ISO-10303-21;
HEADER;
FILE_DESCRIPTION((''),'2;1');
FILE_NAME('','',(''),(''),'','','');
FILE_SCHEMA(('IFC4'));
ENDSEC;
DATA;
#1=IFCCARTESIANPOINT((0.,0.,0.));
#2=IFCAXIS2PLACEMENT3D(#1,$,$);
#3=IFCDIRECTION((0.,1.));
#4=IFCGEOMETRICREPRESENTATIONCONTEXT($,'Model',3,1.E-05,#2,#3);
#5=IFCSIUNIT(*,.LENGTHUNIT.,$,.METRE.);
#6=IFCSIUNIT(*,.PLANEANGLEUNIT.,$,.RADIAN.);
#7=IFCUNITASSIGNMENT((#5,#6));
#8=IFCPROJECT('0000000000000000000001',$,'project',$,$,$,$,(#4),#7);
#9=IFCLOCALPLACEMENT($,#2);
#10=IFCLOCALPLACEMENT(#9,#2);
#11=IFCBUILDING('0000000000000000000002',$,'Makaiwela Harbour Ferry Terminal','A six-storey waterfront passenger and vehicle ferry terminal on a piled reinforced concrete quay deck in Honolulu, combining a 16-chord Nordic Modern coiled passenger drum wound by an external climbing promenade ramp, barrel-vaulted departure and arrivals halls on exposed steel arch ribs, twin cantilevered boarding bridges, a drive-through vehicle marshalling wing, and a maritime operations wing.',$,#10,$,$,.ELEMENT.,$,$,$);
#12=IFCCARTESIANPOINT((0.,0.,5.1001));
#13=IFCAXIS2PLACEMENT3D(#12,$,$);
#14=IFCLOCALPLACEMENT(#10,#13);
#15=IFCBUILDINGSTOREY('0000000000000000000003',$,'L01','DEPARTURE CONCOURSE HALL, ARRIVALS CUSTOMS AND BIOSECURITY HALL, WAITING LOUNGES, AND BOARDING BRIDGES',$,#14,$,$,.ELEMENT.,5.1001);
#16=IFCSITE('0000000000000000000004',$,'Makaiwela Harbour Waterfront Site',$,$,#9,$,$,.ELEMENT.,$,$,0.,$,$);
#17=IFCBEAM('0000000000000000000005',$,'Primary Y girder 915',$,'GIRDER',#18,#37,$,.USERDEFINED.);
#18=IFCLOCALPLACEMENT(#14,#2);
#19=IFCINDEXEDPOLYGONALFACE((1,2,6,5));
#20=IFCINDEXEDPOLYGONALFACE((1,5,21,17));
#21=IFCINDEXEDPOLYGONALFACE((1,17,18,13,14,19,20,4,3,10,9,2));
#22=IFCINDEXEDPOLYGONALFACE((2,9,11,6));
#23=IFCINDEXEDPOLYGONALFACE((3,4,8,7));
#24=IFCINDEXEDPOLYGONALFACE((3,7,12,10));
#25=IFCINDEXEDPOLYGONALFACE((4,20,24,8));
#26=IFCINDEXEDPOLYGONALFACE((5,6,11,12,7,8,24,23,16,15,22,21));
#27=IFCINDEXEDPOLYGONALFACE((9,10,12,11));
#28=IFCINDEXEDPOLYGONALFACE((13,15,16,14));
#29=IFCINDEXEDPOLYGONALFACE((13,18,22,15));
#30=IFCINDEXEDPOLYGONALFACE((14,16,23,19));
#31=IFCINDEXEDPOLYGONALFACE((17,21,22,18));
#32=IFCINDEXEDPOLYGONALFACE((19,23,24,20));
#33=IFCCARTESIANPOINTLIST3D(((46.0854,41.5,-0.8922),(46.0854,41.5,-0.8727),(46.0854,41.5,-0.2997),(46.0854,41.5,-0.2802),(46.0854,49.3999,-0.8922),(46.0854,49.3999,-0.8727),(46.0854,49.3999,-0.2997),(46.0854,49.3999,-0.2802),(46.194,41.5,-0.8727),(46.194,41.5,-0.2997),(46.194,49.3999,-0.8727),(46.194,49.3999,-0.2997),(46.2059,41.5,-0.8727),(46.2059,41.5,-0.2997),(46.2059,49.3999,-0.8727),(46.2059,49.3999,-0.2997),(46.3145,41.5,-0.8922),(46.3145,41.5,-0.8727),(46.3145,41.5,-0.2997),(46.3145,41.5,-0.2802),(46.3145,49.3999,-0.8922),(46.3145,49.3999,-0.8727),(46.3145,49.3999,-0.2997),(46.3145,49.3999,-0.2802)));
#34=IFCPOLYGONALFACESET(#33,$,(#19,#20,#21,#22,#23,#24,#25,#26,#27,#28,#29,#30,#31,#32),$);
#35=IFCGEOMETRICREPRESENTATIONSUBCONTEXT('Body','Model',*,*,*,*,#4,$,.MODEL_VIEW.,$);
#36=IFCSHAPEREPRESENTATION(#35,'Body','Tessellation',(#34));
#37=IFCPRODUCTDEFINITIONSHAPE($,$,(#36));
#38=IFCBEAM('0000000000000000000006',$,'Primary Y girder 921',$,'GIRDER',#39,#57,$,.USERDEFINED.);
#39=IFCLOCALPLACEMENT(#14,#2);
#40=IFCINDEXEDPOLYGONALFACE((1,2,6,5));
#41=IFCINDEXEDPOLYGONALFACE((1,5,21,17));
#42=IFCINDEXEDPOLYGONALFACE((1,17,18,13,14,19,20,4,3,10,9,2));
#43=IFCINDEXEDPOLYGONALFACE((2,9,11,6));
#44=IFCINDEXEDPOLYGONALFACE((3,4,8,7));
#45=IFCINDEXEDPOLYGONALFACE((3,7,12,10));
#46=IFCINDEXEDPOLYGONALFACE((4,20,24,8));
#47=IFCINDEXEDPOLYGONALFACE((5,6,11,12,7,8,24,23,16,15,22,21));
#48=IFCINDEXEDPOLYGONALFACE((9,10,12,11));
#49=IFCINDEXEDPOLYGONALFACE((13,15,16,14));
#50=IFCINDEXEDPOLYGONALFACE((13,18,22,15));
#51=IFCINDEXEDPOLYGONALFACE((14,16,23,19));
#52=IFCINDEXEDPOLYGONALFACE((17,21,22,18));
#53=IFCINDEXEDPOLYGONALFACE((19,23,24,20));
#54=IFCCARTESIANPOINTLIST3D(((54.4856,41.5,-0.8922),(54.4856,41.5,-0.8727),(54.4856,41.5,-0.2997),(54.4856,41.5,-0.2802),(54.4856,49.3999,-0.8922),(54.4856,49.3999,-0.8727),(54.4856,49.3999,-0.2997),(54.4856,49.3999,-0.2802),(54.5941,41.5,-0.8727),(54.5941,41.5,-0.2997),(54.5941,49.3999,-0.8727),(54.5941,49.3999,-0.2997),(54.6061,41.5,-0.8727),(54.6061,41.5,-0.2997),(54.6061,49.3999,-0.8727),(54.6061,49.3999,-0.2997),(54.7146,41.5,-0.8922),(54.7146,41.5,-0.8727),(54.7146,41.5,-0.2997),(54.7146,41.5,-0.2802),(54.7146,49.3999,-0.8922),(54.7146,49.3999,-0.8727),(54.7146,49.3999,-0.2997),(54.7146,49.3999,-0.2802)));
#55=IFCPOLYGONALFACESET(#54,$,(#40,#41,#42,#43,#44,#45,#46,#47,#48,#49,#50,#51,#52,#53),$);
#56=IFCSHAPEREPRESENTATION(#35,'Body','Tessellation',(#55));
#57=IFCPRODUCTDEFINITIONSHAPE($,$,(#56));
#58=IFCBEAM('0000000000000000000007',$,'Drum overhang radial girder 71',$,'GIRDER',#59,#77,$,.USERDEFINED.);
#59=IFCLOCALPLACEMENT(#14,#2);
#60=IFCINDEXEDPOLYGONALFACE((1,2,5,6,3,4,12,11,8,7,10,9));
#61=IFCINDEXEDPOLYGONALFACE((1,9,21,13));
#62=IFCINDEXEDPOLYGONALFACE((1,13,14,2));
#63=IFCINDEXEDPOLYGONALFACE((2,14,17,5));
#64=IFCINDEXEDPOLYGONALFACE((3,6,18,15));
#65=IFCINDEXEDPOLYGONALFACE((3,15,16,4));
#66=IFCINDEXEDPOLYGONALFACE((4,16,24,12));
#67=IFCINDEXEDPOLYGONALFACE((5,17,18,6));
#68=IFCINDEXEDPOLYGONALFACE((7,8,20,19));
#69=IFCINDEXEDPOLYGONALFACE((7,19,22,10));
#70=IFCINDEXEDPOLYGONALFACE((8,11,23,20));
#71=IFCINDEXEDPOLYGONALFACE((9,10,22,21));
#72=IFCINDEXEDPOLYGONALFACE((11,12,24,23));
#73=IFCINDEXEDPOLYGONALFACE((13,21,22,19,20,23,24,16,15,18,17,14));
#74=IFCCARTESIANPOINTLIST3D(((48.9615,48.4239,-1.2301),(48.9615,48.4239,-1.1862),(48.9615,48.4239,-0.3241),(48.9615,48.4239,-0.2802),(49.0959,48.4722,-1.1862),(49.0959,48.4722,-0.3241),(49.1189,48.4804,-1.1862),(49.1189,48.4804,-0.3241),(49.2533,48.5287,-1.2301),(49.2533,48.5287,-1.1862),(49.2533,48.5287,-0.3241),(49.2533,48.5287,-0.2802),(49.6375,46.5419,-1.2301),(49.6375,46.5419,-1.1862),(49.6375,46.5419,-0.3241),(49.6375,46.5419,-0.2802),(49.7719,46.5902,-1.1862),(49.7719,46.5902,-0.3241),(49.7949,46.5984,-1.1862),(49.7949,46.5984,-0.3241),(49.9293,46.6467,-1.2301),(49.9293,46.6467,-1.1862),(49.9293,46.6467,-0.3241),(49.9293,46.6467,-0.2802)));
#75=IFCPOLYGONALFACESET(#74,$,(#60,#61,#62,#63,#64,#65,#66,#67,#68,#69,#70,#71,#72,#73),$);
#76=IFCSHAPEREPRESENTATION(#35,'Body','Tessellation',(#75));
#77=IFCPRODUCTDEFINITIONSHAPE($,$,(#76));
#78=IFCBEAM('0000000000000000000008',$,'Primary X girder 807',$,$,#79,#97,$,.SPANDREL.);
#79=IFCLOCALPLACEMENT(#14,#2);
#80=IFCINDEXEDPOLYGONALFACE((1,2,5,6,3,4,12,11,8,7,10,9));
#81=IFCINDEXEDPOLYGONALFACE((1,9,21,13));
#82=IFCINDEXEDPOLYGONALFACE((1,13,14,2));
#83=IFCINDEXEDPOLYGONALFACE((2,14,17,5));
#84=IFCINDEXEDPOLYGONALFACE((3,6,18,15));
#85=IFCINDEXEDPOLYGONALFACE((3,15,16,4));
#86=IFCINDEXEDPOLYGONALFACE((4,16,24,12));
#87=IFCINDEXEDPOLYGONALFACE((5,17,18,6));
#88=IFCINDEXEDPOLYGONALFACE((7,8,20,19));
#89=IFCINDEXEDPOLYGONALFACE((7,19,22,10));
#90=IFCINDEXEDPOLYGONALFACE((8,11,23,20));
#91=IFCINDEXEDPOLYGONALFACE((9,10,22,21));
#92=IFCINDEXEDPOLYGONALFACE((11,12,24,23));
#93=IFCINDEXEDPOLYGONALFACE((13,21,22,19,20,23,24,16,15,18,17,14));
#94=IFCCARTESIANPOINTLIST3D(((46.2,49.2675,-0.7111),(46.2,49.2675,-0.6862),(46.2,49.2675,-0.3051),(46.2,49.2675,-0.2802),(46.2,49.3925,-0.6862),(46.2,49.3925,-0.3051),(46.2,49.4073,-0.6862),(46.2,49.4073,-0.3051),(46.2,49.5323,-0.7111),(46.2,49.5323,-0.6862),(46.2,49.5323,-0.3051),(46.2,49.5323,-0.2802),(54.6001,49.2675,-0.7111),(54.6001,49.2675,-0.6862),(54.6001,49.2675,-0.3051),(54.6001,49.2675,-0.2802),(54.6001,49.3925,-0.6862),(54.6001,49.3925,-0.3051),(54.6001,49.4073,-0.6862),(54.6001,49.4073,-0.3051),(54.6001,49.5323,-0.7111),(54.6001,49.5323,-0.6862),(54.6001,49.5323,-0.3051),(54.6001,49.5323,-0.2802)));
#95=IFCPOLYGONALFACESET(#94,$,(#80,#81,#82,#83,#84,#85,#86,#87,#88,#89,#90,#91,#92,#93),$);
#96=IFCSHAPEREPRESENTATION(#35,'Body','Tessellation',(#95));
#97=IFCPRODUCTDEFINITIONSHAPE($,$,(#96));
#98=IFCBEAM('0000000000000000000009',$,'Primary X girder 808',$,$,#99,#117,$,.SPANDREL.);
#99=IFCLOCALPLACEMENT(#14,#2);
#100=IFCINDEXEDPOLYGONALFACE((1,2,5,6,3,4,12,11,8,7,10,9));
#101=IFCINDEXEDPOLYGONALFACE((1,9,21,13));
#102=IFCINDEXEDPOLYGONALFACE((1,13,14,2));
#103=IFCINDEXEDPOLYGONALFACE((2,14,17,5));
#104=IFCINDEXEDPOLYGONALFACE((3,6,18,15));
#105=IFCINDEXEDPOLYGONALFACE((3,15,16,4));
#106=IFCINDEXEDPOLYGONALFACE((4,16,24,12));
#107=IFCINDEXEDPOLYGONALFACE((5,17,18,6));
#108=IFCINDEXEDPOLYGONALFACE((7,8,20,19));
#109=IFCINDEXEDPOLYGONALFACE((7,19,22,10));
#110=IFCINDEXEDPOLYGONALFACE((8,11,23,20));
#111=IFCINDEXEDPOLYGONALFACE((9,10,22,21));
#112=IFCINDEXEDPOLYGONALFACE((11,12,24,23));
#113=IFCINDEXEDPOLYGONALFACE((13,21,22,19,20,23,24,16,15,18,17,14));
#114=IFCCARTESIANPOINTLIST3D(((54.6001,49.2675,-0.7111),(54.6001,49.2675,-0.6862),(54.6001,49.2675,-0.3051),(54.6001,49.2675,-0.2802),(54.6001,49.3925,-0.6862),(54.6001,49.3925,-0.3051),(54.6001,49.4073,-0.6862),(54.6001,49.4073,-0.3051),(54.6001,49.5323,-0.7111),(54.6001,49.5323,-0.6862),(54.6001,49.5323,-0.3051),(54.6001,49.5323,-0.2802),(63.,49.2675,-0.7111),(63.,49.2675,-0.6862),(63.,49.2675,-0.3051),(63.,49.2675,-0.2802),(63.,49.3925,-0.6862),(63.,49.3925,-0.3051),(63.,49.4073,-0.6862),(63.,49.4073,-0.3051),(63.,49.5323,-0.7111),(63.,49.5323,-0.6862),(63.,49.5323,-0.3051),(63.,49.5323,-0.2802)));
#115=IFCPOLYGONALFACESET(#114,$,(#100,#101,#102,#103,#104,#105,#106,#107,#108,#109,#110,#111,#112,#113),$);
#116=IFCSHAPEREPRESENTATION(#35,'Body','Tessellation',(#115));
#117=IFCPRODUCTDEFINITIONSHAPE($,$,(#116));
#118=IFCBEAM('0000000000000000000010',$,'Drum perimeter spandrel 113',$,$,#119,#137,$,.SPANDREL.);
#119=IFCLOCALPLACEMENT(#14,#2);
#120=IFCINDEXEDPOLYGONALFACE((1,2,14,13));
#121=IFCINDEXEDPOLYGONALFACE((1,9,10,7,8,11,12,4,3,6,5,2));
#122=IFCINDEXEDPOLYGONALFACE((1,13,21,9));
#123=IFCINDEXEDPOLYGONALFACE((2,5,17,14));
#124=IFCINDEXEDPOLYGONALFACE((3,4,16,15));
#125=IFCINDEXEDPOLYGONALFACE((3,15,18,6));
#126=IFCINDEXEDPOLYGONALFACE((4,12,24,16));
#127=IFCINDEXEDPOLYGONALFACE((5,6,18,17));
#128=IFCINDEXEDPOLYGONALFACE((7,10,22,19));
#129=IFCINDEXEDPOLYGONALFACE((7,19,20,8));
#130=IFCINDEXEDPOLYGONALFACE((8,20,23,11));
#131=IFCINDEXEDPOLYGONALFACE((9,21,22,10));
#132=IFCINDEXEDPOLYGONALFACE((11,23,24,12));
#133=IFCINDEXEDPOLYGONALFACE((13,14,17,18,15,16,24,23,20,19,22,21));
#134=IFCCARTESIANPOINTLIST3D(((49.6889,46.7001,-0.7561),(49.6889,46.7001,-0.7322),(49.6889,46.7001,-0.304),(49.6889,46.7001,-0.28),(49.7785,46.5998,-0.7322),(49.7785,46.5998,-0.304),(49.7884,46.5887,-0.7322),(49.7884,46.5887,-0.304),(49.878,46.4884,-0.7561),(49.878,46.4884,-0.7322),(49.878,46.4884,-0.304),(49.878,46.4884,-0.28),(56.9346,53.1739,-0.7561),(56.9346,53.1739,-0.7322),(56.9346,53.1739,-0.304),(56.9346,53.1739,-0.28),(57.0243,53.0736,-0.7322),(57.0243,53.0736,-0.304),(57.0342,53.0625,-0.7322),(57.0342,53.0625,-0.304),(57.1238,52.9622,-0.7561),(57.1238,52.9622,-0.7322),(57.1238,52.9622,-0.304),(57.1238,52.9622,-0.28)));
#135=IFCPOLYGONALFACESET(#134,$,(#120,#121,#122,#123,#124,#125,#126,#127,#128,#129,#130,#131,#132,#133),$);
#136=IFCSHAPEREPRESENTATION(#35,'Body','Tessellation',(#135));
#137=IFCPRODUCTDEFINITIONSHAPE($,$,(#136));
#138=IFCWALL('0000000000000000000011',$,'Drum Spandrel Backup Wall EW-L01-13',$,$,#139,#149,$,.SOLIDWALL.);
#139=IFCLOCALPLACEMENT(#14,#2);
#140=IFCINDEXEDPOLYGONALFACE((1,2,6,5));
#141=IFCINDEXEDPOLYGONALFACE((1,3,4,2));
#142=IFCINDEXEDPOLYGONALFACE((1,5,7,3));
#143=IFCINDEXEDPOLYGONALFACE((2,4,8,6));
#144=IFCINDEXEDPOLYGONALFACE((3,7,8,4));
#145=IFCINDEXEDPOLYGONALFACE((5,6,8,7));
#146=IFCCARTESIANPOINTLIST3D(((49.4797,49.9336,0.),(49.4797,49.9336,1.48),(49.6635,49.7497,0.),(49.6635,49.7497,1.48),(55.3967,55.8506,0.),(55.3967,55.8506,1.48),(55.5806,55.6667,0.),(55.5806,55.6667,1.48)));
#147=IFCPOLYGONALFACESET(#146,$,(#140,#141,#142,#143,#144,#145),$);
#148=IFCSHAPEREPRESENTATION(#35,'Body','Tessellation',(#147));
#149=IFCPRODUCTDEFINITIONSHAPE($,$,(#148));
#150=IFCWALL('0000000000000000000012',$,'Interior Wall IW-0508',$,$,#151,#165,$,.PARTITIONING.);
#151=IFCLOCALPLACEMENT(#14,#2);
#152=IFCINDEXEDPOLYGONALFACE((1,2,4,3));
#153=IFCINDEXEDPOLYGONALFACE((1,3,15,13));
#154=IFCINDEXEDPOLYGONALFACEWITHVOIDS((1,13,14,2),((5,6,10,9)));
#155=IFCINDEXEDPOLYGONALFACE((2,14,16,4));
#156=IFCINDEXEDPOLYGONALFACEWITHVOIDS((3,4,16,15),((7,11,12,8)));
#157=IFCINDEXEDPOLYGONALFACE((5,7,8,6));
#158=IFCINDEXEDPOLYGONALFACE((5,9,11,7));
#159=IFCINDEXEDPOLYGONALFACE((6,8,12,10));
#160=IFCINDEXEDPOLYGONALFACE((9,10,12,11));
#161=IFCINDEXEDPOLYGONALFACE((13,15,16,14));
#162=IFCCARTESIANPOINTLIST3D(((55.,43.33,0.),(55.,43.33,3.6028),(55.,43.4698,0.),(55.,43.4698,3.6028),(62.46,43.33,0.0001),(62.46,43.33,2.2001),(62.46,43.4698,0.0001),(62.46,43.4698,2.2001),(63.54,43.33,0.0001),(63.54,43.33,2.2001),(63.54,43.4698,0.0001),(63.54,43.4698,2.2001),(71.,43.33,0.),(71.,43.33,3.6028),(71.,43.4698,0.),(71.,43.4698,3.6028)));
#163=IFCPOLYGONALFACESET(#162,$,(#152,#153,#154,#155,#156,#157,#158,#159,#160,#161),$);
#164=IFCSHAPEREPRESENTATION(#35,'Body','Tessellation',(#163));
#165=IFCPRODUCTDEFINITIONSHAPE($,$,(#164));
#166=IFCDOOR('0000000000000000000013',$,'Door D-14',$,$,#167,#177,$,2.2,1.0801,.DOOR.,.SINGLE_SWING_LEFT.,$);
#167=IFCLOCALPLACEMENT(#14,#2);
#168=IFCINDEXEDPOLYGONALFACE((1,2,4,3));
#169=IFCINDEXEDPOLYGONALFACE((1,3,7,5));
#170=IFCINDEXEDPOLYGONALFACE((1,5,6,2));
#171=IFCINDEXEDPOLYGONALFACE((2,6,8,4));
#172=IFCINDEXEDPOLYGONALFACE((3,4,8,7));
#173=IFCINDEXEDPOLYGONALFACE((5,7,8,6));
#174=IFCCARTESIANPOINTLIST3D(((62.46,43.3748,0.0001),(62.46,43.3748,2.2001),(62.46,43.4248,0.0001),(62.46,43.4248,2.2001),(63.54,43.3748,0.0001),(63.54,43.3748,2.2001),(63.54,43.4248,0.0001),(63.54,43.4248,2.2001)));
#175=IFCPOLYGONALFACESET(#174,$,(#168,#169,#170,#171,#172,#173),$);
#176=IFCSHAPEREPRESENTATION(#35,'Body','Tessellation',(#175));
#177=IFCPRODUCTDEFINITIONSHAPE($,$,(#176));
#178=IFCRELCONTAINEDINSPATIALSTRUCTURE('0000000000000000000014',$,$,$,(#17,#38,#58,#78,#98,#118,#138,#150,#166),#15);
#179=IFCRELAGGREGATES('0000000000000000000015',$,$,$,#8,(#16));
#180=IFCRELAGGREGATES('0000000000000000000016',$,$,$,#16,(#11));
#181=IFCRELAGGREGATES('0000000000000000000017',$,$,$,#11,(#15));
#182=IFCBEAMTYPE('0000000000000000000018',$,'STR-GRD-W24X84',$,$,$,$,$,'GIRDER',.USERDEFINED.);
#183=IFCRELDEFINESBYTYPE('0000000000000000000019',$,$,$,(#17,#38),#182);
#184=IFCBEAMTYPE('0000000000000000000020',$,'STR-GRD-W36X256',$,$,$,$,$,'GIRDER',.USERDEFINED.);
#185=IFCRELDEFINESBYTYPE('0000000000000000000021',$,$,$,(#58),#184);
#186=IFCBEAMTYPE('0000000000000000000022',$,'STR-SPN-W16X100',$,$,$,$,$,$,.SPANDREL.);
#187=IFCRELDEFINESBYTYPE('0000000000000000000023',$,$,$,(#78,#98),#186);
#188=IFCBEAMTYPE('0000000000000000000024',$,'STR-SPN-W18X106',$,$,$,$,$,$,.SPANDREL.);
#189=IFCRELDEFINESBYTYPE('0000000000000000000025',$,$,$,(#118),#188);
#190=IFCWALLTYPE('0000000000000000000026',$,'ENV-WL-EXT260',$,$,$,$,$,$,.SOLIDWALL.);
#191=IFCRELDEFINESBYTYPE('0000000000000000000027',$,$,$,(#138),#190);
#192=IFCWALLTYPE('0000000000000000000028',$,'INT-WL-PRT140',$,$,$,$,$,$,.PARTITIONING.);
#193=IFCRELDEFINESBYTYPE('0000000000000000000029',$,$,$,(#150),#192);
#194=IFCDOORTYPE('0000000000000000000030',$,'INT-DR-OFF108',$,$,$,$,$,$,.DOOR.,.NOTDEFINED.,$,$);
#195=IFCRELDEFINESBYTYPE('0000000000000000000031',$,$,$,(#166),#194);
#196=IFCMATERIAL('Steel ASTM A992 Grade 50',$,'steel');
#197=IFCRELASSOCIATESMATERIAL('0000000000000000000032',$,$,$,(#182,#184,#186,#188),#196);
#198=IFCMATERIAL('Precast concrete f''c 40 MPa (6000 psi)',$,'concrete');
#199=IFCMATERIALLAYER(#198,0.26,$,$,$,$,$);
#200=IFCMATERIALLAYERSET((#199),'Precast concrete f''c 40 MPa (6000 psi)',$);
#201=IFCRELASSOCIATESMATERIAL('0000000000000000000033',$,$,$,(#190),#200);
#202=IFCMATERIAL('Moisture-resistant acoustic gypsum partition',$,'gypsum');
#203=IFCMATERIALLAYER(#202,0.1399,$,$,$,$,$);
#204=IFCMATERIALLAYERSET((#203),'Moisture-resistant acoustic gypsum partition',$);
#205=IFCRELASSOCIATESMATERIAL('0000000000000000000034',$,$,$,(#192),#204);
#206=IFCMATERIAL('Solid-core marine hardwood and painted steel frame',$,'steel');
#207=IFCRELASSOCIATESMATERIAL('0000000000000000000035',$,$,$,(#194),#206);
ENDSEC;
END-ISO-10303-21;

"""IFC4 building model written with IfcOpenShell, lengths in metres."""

from ifc_helpers import new_model, si_unit, direction, frame, frame_2d, origin, origin_2d, place, context, subcontext, project, spatial, rectangle, i_section, extrude, material, layer, layer_set, material_profile, profile_set, type_object, element, fill, save


model = new_model("IFC4")

# Units and contexts
model_context = context("Model", 3, precision=1e-05, world=origin(), true_north=direction((0.0, 1.0)))
body_context = subcontext(model_context, "Body", "Model", "MODEL_VIEW")
ifc_project = project(units=[si_unit("LENGTHUNIT", "METRE"), si_unit("PLANEANGLEUNIT", "RADIAN")], contexts=[model_context])

# Site, building, storey
site_placement = place(None, origin())
site = spatial("IfcSite", under=ifc_project, at=site_placement, Name="Makaiwela Harbour Waterfront Site", CompositionType="ELEMENT", RefElevation=0.0)
building_placement = place(site_placement, origin())
building = spatial("IfcBuilding", under=site, at=building_placement, Name="Makaiwela Harbour Ferry Terminal", Description="A six-storey waterfront passenger and vehicle ferry terminal on a piled reinforced concrete quay deck in Honolulu, combining a 16-chord Nordic Modern coiled passenger drum wound by an external climbing promenade ramp, barrel-vaulted departure and arrivals halls on exposed steel arch ribs, twin cantilevered boarding bridges, a drive-through vehicle marshalling wing, and a maritime operations wing.", CompositionType="ELEMENT")
storey_placement = place(building_placement, frame((0.0, 0.0, 5.1001)))
storey = spatial("IfcBuildingStorey", under=building, at=storey_placement, Name="L01", Description="DEPARTURE CONCOURSE HALL, ARRIVALS CUSTOMS AND BIOSECURITY HALL, WAITING LOUNGES, AND BOARDING BRIDGES", CompositionType="ELEMENT", Elevation=5.1001)

# Shared definitions
ifc_material_1 = material(Name="Steel ASTM A992 Grade 50", Category="steel")

# Beams
ifc_material_profile_1 = material_profile(ifc_material_1, i_section(OverallWidth=0.229, OverallDepth=0.6121, WebThickness=0.012, FlangeThickness=0.0195, at=origin_2d()), Name="W24X84")
ifc_profile_set_1 = profile_set([ifc_material_profile_1], Name="Steel ASTM A992 Grade 50")
beam_type_1 = type_object("IfcBeamType", Name="STR-GRD-W24X84", ElementType="GIRDER", PredefinedType="USERDEFINED", material=ifc_profile_set_1)
for number, where, z_axis, x_axis, name in (
    (1, (46.2, 41.5, -0.5862), (0.0, 1.0, 0.0), (-1.0, 0.0, 0.0), "Primary Y girder 915"),
    (2, (54.6001, 41.5, -0.5862), (0.0, 1.0, 0.0), (-1.0, 0.0, 0.0), "Primary Y girder 921"),
):
    element("IfcBeam", number, at=place(storey_placement, frame(where, z_axis=z_axis, x_axis=x_axis)), inside=storey, type_object=beam_type_1, Name=name, ObjectType="GIRDER", PredefinedType="USERDEFINED", context=body_context, shape_type="SweptSolid", body=[
        extrude(i_section(OverallWidth=0.229, OverallDepth=0.6121, WebThickness=0.012, FlangeThickness=0.0195, at=origin_2d()), origin(), (0.0, 0.0, 1.0), 7.8999),
    ])
ifc_material_profile_2 = material_profile(ifc_material_1, i_section(OverallWidth=0.3101, OverallDepth=0.95, WebThickness=0.0244, FlangeThickness=0.0439, at=origin_2d()), Name="W36X256")
ifc_profile_set_2 = profile_set([ifc_material_profile_2], Name="Steel ASTM A992 Grade 50")
beam_type_2 = type_object("IfcBeamType", Name="STR-GRD-W36X256", ElementType="GIRDER", PredefinedType="USERDEFINED", material=ifc_profile_set_2)
beam_1_placement = place(storey_placement, frame((49.1074, 48.4763, -0.7551), z_axis=(0.338045, -0.94113, 0.0), x_axis=(0.94113, 0.338045, 0.0)))
element("IfcBeam", 3, at=beam_1_placement, inside=storey, type_object=beam_type_2, Name="Drum overhang radial girder 71", ObjectType="GIRDER", PredefinedType="USERDEFINED", context=body_context, shape_type="SweptSolid", body=[
    extrude(i_section(OverallWidth=0.3101, OverallDepth=0.95, WebThickness=0.0244, FlangeThickness=0.0439, at=origin_2d()), origin(), (0.0, 0.0, 1.0), 1.9998),
])
ifc_material_profile_3 = material_profile(ifc_material_1, i_section(OverallWidth=0.2649, OverallDepth=0.4309, WebThickness=0.0149, FlangeThickness=0.0249, at=origin_2d()), Name="W16X100")
ifc_profile_set_3 = profile_set([ifc_material_profile_3], Name="Steel ASTM A992 Grade 50")
beam_type_3 = type_object("IfcBeamType", Name="STR-SPN-W16X100", PredefinedType="SPANDREL", material=ifc_profile_set_3)
beam_2_placement = place(storey_placement, frame((46.2, 49.3999, -0.4956), z_axis=(1.0, 0.0, 0.0), x_axis=(0.0, 1.0, 0.0)))
element("IfcBeam", 4, at=beam_2_placement, inside=storey, type_object=beam_type_3, Name="Primary X girder 807", PredefinedType="SPANDREL", context=body_context, shape_type="SweptSolid", body=[
    extrude(i_section(OverallWidth=0.2649, OverallDepth=0.4309, WebThickness=0.0149, FlangeThickness=0.0249, at=origin_2d()), origin(), (0.0, 0.0, 1.0), 8.4001),
])
beam_3_placement = place(storey_placement, frame((54.6001, 49.3999, -0.4956), z_axis=(1.0, 0.0, 0.0), x_axis=(0.0, 1.0, 0.0)))
element("IfcBeam", 5, at=beam_3_placement, inside=storey, type_object=beam_type_3, Name="Primary X girder 808", PredefinedType="SPANDREL", context=body_context, shape_type="SweptSolid", body=[
    extrude(i_section(OverallWidth=0.2649, OverallDepth=0.4309, WebThickness=0.0149, FlangeThickness=0.0249, at=origin_2d()), origin(), (0.0, 0.0, 1.0), 8.3999),
])
ifc_material_profile_4 = material_profile(ifc_material_1, i_section(OverallWidth=0.2839, OverallDepth=0.4761, WebThickness=0.0149, FlangeThickness=0.0239, at=origin_2d()), Name="W18X106")
ifc_profile_set_4 = profile_set([ifc_material_profile_4], Name="Steel ASTM A992 Grade 50")
beam_type_4 = type_object("IfcBeamType", Name="STR-SPN-W18X106", PredefinedType="SPANDREL", material=ifc_profile_set_4)
beam_4_placement = place(storey_placement, frame((49.7834, 46.5942, -0.5181), z_axis=(0.745714, 0.666266, 0.0), x_axis=(-0.666266, 0.745714, 0.0)))
element("IfcBeam", 6, at=beam_4_placement, inside=storey, type_object=beam_type_4, Name="Drum perimeter spandrel 113", PredefinedType="SPANDREL", context=body_context, shape_type="SweptSolid", body=[
    extrude(i_section(OverallWidth=0.2839, OverallDepth=0.4761, WebThickness=0.0149, FlangeThickness=0.0239, at=origin_2d()), origin(), (0.0, 0.0, 1.0), 9.7166),
])

# Wall
ifc_material_2 = material(Name="Precast concrete f'c 40 MPa (6000 psi)", Category="concrete")
ifc_layer_1 = layer(ifc_material_2, 0.26)
ifc_layer_set_1 = layer_set([ifc_layer_1], Name="Precast concrete f'c 40 MPa (6000 psi)")
wall_type_1 = type_object("IfcWallType", Name="ENV-WL-EXT260", PredefinedType="SOLIDWALL", material=ifc_layer_set_1)
wall_1_placement = place(storey_placement, frame((49.5715, 49.8416, 0.0), z_axis=(0.0, 0.0, 1.0), x_axis=(0.707107, 0.707107, 0.0)))
element("IfcWall", 7, at=wall_1_placement, inside=storey, type_object=wall_type_1, Name="Drum Spandrel Backup Wall EW-L01-13", PredefinedType="SOLIDWALL", context=body_context, shape_type="SweptSolid", body=[
    extrude(rectangle(XDim=8.3679, YDim=0.26, at=frame_2d((4.1841, 0.0))), origin(), (0.0, 0.0, 1.0), 1.48),
])

# Wall, opening, door
ifc_material_3 = material(Name="Moisture-resistant acoustic gypsum partition", Category="gypsum")
ifc_layer_2 = layer(ifc_material_3, 0.1399)
ifc_layer_set_2 = layer_set([ifc_layer_2], Name="Moisture-resistant acoustic gypsum partition")
wall_type_2 = type_object("IfcWallType", Name="INT-WL-PRT140", PredefinedType="PARTITIONING", material=ifc_layer_set_2)
wall_2_placement = place(storey_placement, frame((55.0, 43.3999, 0.0), z_axis=(0.0, 0.0, 1.0), x_axis=(1.0, 0.0, 0.0)))
wall_2 = element("IfcWall", 8, at=wall_2_placement, inside=storey, type_object=wall_type_2, Name="Interior Wall IW-0508", PredefinedType="PARTITIONING", context=body_context, shape_type="SweptSolid", body=[
    extrude(rectangle(XDim=16.0, YDim=0.1399, at=frame_2d((8.0, 0.0))), origin(), (0.0, 0.0, 1.0), 3.6028),
])
opening_placement = place(wall_2_placement, frame((7.46, 0.0, 0.0)))
opening = element("IfcOpeningElement", 9, at=opening_placement, cuts=wall_2, PredefinedType="OPENING", context=body_context, shape_type="SweptSolid", body=[
    extrude(rectangle(XDim=1.0801, YDim=2.2, at=frame_2d((0.54, 1.1001))), frame((0.0, 0.0798, 0.0), z_axis=(0.0, -1.0, 0.0), x_axis=(1.0, 0.0, 0.0)), (0.0, 0.0, 1.0), 0.1599),
])
ifc_material_4 = material(Name="Solid-core marine hardwood and painted steel frame", Category="steel")
door_type = type_object("IfcDoorType", Name="INT-DR-OFF108", OperationType="NOTDEFINED", PredefinedType="DOOR", material=ifc_material_4)
door_placement = place(opening_placement, origin())
door = element("IfcDoor", 10, at=door_placement, inside=storey, type_object=door_type, Name="Door D-14", OperationType="SINGLE_SWING_LEFT", OverallHeight=2.2, OverallWidth=1.0801, PredefinedType="DOOR", context=body_context, shape_type="SweptSolid", body=[
    extrude(rectangle(XDim=1.0801, YDim=2.2, at=frame_2d((0.54, 1.1001))), frame((0.0, 0.0249, 0.0), z_axis=(0.0, -1.0, 0.0), x_axis=(1.0, 0.0, 0.0)), (0.0, 0.0, 1.0), 0.05),
])
fill(opening, door)

save(model, "model.ifc")
